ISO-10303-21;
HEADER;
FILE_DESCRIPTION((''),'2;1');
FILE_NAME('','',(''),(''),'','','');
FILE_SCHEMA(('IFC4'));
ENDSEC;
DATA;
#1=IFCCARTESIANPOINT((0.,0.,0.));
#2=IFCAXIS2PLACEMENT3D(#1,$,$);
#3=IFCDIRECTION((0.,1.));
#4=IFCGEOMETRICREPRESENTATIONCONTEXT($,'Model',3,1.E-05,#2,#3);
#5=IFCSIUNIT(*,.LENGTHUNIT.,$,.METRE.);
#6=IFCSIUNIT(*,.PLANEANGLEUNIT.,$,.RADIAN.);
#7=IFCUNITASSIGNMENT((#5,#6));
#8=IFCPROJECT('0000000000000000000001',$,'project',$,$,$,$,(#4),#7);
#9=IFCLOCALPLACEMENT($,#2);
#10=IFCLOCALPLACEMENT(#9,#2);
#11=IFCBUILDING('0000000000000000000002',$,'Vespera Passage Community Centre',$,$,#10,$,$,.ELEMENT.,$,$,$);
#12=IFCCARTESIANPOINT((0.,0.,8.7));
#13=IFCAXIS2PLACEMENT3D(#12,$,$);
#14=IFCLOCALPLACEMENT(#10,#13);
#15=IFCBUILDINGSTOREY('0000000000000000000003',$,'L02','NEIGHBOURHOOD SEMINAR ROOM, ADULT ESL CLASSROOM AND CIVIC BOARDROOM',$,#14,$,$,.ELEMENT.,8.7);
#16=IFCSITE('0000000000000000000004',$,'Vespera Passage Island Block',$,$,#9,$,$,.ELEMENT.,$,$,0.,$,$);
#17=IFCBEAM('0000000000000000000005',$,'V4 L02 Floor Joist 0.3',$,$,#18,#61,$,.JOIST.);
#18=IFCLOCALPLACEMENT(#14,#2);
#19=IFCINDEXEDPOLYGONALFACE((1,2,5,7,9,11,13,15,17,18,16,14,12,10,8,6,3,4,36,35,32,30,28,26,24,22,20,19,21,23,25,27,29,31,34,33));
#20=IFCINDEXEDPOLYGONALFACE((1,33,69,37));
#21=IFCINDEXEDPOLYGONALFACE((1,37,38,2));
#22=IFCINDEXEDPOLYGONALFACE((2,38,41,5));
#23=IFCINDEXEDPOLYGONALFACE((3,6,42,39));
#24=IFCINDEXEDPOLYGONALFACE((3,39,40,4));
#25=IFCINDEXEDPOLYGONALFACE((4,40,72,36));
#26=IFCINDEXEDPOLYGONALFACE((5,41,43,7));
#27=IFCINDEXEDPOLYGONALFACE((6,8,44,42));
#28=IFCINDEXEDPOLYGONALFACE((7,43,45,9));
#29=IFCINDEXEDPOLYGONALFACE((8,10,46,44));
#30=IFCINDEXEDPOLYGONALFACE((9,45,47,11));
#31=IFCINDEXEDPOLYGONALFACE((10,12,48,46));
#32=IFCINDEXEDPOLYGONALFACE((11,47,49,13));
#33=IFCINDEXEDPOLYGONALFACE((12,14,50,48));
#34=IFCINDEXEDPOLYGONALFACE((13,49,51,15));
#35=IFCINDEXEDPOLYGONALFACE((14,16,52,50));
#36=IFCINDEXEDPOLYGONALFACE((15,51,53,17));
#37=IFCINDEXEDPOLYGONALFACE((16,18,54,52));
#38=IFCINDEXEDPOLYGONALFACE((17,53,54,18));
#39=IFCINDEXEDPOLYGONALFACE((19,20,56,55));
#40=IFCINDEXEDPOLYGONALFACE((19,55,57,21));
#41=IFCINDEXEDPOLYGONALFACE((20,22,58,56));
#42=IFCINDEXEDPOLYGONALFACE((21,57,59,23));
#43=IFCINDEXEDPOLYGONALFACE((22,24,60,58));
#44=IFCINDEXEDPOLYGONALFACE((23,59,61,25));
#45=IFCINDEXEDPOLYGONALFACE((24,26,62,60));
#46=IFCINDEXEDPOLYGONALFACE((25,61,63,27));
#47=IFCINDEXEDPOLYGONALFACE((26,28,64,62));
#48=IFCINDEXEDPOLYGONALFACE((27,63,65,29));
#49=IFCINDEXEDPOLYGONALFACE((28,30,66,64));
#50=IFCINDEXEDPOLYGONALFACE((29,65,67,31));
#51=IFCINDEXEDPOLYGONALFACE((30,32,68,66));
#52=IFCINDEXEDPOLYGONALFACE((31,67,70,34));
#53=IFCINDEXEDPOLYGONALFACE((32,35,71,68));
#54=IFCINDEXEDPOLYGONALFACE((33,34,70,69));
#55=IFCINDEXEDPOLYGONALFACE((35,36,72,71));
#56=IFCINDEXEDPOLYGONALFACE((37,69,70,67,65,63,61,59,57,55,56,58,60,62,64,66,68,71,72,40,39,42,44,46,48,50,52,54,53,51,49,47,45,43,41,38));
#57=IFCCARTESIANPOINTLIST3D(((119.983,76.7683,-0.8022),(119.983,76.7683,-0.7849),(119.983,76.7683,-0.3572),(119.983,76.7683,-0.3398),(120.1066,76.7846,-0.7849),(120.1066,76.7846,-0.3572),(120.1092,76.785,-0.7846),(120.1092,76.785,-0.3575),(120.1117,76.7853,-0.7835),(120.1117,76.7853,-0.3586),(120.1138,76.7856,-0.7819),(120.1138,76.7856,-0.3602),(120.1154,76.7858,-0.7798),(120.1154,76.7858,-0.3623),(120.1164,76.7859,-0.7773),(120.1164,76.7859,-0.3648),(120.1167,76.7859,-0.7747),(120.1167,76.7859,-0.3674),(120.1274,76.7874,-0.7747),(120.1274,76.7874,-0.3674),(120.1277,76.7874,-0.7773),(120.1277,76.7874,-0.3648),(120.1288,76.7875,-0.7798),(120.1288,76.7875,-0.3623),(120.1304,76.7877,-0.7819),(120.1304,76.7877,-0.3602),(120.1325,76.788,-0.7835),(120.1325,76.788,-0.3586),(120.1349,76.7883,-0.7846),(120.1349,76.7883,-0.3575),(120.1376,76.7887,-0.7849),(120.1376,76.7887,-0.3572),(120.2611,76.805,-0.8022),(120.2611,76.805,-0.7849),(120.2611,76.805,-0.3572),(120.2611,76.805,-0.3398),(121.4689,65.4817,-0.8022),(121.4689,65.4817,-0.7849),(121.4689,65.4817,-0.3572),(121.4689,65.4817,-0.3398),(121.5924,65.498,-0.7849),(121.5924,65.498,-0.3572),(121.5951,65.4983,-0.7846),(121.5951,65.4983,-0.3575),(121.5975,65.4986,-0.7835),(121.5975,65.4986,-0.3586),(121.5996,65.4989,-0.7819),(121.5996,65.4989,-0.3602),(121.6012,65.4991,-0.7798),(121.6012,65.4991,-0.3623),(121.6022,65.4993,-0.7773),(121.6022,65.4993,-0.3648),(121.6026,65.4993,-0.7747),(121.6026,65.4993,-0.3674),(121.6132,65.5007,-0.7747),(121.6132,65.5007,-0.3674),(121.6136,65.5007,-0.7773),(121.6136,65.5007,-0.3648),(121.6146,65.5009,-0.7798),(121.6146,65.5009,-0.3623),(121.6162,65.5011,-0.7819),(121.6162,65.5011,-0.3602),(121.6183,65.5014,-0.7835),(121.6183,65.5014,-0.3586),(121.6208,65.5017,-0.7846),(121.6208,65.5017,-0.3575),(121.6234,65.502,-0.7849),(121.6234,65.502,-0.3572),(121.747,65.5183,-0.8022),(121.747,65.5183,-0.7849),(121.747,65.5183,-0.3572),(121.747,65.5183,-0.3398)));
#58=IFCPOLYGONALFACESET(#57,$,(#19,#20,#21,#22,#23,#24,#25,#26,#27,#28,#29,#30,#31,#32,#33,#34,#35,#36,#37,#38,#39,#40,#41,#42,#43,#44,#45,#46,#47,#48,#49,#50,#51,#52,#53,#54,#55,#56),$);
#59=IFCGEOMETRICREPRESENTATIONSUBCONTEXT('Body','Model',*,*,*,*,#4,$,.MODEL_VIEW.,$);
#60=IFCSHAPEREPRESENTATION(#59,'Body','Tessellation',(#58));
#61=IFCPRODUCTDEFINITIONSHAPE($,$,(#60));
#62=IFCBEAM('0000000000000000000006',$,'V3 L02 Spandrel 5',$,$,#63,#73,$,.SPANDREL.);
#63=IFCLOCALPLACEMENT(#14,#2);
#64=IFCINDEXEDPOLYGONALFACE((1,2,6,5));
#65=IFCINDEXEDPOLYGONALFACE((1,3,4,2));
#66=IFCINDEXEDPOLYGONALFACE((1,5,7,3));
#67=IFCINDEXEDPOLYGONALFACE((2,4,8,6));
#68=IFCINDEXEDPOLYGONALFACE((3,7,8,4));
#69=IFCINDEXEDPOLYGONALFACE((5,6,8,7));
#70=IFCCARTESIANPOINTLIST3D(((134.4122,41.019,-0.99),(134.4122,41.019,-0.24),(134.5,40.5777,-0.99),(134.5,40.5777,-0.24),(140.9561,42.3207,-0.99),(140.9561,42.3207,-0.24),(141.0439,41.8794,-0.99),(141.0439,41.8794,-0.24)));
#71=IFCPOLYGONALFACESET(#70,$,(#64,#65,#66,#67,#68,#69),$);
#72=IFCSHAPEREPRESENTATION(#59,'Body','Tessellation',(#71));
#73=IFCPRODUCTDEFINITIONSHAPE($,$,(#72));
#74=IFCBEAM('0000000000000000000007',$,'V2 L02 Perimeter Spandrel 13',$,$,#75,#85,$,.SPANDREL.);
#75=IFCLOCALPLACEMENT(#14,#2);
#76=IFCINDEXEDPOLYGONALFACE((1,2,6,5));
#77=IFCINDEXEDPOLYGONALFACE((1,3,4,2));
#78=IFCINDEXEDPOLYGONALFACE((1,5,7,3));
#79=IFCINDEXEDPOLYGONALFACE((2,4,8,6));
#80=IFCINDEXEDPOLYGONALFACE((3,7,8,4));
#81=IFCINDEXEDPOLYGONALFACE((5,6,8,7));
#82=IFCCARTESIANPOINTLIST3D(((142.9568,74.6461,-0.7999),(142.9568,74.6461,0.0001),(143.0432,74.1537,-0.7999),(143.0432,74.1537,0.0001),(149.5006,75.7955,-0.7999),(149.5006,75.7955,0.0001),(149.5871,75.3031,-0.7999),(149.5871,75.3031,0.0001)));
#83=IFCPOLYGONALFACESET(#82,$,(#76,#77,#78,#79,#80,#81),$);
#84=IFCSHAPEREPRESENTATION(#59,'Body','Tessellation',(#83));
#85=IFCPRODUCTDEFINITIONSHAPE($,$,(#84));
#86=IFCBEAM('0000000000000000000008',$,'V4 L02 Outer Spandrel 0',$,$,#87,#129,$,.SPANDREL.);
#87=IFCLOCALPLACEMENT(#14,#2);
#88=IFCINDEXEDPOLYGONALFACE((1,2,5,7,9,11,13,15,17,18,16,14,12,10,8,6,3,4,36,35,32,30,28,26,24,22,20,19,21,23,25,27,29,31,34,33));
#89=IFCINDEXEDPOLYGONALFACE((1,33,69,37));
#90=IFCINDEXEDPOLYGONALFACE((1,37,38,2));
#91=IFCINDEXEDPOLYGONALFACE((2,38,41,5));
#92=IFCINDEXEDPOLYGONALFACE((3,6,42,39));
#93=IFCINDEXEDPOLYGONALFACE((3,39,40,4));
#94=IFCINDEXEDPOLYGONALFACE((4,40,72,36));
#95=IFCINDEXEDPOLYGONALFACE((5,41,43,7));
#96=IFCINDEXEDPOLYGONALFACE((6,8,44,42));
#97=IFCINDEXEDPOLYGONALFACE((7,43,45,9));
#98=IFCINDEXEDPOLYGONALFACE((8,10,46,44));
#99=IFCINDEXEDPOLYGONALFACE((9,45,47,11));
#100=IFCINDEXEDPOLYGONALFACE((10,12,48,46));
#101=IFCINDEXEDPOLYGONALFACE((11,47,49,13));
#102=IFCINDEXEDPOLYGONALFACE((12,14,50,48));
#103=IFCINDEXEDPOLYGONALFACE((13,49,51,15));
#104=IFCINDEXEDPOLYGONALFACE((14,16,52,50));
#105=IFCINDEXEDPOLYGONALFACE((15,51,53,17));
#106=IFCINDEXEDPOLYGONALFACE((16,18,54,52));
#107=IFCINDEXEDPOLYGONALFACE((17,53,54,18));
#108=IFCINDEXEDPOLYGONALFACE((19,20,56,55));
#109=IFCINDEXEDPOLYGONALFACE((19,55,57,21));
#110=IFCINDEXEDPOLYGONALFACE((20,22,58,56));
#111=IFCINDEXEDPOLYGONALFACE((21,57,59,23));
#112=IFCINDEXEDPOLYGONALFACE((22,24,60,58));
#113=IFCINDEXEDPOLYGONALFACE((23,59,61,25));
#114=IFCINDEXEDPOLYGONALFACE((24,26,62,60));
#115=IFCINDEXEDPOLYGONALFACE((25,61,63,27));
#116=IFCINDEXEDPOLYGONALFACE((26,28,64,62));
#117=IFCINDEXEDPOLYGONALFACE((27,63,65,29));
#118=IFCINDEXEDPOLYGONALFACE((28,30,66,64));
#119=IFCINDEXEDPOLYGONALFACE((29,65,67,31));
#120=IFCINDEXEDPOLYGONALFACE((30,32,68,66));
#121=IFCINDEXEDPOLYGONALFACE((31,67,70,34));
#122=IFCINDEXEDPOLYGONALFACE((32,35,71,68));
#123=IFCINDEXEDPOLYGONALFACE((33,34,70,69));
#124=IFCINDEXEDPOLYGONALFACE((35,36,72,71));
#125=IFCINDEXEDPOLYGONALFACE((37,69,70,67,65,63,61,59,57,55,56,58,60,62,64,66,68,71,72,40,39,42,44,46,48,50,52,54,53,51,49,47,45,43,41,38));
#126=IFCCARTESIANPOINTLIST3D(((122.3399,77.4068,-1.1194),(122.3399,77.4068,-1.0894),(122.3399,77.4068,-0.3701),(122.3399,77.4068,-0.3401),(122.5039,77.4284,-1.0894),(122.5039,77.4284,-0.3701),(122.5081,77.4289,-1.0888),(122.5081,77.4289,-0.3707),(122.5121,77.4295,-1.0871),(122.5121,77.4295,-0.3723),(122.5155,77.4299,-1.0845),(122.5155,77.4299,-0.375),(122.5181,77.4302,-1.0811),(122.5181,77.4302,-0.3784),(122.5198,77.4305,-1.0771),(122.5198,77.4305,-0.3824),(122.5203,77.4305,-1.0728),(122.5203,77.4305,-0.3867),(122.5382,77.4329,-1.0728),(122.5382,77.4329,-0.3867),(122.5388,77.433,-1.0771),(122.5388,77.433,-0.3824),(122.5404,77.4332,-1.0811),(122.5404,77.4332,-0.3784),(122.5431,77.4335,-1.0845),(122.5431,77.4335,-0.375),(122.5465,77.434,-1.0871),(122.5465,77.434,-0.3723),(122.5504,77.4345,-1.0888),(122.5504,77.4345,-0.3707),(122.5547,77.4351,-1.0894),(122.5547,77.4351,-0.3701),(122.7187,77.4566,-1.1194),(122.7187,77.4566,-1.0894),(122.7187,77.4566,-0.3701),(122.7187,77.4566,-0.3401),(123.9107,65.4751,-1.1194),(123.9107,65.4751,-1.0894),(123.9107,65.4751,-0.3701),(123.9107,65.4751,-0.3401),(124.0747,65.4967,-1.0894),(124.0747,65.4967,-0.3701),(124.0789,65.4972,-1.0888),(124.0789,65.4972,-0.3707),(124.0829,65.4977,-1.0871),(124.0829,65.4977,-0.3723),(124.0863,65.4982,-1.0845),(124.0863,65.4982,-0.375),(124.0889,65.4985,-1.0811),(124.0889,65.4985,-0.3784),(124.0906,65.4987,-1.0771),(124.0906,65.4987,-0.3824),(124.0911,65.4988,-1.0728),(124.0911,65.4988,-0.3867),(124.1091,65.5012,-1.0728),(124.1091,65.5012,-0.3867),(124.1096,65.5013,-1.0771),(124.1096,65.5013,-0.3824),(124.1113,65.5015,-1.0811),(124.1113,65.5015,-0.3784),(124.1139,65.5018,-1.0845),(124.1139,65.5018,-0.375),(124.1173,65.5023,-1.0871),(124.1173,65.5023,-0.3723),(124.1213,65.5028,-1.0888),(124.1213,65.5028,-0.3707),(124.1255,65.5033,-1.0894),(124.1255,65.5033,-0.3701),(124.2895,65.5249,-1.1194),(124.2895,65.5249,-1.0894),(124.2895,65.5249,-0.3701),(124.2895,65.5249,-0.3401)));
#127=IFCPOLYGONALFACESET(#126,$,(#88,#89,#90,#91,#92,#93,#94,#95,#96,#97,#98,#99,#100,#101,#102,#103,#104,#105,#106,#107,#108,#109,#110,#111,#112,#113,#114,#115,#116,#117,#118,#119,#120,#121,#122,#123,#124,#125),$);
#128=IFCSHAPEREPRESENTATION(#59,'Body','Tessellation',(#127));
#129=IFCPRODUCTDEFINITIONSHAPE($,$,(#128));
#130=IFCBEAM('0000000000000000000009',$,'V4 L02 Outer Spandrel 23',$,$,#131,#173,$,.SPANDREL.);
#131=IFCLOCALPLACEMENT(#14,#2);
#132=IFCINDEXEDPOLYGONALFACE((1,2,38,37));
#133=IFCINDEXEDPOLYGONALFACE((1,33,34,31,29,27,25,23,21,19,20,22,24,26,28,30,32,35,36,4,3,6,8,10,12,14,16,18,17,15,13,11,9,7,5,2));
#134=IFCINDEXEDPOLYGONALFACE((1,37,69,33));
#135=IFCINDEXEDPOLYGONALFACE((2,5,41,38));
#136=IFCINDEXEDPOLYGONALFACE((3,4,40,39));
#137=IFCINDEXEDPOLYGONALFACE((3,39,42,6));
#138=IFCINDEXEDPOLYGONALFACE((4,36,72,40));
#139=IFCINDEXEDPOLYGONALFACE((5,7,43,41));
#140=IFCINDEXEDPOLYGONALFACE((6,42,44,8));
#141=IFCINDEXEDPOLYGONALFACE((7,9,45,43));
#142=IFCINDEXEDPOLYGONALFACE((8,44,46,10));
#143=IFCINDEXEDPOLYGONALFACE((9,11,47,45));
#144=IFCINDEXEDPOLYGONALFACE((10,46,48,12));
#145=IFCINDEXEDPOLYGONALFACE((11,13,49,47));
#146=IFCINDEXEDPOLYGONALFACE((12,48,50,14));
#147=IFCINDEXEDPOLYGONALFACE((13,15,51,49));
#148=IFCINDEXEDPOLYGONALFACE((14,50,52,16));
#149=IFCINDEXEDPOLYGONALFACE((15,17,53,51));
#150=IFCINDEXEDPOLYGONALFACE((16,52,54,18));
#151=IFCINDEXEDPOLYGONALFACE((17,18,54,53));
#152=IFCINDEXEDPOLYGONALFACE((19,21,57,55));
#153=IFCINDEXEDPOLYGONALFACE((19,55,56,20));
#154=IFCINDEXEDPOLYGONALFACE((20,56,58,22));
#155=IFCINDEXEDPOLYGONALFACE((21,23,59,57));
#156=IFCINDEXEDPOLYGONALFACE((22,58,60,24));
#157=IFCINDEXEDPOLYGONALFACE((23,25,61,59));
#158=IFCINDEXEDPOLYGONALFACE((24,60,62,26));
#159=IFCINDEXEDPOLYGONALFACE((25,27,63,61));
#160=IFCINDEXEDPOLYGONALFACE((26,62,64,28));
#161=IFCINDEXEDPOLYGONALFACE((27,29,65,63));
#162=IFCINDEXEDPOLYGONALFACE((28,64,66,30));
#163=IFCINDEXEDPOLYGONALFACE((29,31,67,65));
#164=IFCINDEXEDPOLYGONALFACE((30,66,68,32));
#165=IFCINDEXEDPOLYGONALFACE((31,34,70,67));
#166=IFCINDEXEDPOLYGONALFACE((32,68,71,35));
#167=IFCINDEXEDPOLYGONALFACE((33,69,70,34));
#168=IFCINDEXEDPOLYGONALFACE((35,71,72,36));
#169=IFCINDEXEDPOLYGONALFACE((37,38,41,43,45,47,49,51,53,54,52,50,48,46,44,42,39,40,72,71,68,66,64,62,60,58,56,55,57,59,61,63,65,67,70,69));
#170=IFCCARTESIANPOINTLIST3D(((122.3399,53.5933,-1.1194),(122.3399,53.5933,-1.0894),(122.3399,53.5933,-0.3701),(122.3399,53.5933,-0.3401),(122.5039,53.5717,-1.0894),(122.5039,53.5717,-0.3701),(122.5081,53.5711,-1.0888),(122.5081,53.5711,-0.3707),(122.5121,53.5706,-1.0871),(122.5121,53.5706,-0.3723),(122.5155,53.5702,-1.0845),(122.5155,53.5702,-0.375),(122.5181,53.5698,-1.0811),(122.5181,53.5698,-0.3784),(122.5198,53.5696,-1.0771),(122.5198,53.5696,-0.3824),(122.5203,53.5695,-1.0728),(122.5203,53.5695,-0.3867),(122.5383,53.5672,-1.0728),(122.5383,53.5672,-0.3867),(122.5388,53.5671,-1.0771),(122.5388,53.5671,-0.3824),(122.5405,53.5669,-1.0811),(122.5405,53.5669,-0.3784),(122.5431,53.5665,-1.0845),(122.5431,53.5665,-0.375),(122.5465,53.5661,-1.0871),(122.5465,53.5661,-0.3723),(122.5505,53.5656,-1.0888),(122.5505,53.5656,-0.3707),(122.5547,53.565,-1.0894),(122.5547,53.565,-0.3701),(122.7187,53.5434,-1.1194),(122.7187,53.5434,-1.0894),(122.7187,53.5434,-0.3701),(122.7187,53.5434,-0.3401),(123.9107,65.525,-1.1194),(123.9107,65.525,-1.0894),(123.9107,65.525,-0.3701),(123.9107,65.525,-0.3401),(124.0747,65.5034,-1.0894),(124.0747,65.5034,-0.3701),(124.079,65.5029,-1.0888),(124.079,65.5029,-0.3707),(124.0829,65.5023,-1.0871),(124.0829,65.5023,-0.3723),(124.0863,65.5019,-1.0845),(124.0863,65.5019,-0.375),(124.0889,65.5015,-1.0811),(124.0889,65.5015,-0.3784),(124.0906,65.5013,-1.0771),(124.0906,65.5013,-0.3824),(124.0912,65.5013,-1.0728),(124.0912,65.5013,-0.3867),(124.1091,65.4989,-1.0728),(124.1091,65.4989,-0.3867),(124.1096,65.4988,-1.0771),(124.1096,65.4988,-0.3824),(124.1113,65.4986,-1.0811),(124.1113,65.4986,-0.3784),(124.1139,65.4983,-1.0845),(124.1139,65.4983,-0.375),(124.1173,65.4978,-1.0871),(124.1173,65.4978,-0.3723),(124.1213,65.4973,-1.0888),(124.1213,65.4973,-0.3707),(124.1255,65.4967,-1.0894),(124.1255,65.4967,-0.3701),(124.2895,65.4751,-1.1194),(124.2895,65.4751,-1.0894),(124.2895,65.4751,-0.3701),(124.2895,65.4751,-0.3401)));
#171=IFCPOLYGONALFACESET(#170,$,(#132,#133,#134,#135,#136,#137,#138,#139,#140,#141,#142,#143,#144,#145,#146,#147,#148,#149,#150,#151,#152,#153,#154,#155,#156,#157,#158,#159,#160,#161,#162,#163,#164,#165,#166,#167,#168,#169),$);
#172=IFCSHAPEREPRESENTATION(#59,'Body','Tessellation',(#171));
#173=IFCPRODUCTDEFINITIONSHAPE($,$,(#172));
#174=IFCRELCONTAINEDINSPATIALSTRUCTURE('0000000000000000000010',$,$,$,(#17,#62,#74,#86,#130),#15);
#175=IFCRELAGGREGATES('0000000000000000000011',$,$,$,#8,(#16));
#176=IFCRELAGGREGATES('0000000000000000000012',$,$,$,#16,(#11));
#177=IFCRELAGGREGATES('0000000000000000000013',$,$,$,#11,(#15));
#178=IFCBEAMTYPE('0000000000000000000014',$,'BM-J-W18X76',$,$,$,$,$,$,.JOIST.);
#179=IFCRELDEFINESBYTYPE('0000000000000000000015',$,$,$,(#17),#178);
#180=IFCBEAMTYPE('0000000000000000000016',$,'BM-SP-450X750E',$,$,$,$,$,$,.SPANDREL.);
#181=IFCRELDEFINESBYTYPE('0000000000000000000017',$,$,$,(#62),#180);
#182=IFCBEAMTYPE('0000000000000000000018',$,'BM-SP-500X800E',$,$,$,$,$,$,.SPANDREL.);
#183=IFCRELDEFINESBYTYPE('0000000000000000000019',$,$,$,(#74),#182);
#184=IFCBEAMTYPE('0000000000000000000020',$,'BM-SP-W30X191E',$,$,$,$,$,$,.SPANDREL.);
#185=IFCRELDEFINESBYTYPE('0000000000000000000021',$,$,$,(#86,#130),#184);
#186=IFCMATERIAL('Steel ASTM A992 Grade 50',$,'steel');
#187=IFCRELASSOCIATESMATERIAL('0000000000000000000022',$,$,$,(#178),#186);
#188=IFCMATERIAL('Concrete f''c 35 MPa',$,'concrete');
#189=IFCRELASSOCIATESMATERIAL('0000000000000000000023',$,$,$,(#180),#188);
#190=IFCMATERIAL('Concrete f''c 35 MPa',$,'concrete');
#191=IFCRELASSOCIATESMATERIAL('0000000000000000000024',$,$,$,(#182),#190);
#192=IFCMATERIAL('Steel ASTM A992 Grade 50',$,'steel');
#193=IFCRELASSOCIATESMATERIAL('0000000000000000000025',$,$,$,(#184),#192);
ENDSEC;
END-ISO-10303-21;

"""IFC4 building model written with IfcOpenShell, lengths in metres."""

from ifc_helpers import new_model, si_unit, direction, frame, origin, origin_2d, place, context, subcontext, project, spatial, rectangle, i_section, extrude, material, material_profile, profile_set, type_object, element, save


model = new_model("IFC4")

# Units and contexts
model_context = context("Model", 3, precision=1e-05, world=origin(), true_north=direction((0.0, 1.0)))
body_context = subcontext(model_context, "Body", "Model", "MODEL_VIEW")
ifc_project = project(units=[si_unit("LENGTHUNIT", "METRE"), si_unit("PLANEANGLEUNIT", "RADIAN")], contexts=[model_context])

# Site, building, storey
site_placement = place(None, origin())
site = spatial("IfcSite", under=ifc_project, at=site_placement, Name="Vespera Passage Island Block", CompositionType="ELEMENT", RefElevation=0.0)
building_placement = place(site_placement, origin())
building = spatial("IfcBuilding", under=site, at=building_placement, Name="Vespera Passage Community Centre", CompositionType="ELEMENT")
storey_placement = place(building_placement, frame((0.0, 0.0, 8.7)))
storey = spatial("IfcBuildingStorey", under=building, at=storey_placement, Name="L02", Description="NEIGHBOURHOOD SEMINAR ROOM, ADULT ESL CLASSROOM AND CIVIC BOARDROOM", CompositionType="ELEMENT", Elevation=8.7)

# Beams
ifc_material_1 = material(Name="Steel ASTM A992 Grade 50", Category="steel")
ifc_material_profile_1 = material_profile(ifc_material_1, i_section(OverallWidth=0.2805, OverallDepth=0.4624, WebThickness=0.0107, FlangeThickness=0.0173, FilletRadius=0.0103, at=origin_2d()), Name="W18X76")
ifc_profile_set_1 = profile_set([ifc_material_profile_1], Name="Steel ASTM A992 Grade 50")
beam_type_1 = type_object("IfcBeamType", Name="BM-J-W18X76", PredefinedType="JOIST", material=ifc_profile_set_1)
beam_1_placement = place(storey_placement, frame((121.6079, 65.5, -0.571), z_axis=(-0.13052, 0.991446, 0.0), x_axis=(-0.991446, -0.13052, 0.0)))
element("IfcBeam", 1, at=beam_1_placement, inside=storey, type_object=beam_type_1, Name="V4 L02 Floor Joist 0.3", PredefinedType="JOIST", context=body_context, shape_type="SweptSolid", body=[
    extrude(i_section(OverallWidth=0.2805, OverallDepth=0.4624, WebThickness=0.0107, FlangeThickness=0.0173, FilletRadius=0.0103, at=origin_2d()), origin(), (0.0, 0.0, 1.0), 11.384),
])
ifc_material_2 = material(Name="Concrete f'c 35 MPa", Category="concrete")
ifc_material_profile_2 = material_profile(ifc_material_2, rectangle(XDim=0.45, YDim=0.75, at=origin_2d()), Name="RC450X750")
ifc_profile_set_2 = profile_set([ifc_material_profile_2], Name="Concrete f'c 35 MPa")
beam_type_2 = type_object("IfcBeamType", Name="BM-SP-450X750E", PredefinedType="SPANDREL", material=ifc_profile_set_2)
beam_2_placement = place(storey_placement, frame((141.0, 42.1001, -0.615), z_axis=(-0.980783, -0.195103, 0.0), x_axis=(0.195103, -0.980783, 0.0)))
element("IfcBeam", 2, at=beam_2_placement, inside=storey, type_object=beam_type_2, Name="V3 L02 Spandrel 5", PredefinedType="SPANDREL", context=body_context, shape_type="SweptSolid", body=[
    extrude(rectangle(XDim=0.45, YDim=0.75, at=origin_2d()), origin(), (0.0, 0.0, 1.0), 6.6721),
])
ifc_material_3 = material(Name="Concrete f'c 35 MPa", Category="concrete")
ifc_material_profile_3 = material_profile(ifc_material_3, rectangle(XDim=0.5, YDim=0.8, at=origin_2d()), Name="RC500X800")
ifc_profile_set_3 = profile_set([ifc_material_profile_3], Name="Concrete f'c 35 MPa")
beam_type_3 = type_object("IfcBeamType", Name="BM-SP-500X800E", PredefinedType="SPANDREL", material=ifc_profile_set_3)
beam_3_placement = place(storey_placement, frame((143.0, 74.3999, -0.3999), z_axis=(0.984922, 0.172997, 0.0), x_axis=(-0.172997, 0.984922, 0.0)))
element("IfcBeam", 3, at=beam_3_placement, inside=storey, type_object=beam_type_3, Name="V2 L02 Perimeter Spandrel 13", PredefinedType="SPANDREL", context=body_context, shape_type="SweptSolid", body=[
    extrude(rectangle(XDim=0.5, YDim=0.8, at=origin_2d()), origin(), (0.0, 0.0, 1.0), 6.644),
])
ifc_material_4 = material(Name="Steel ASTM A992 Grade 50", Category="steel")
ifc_material_profile_4 = material_profile(ifc_material_4, i_section(OverallWidth=0.3821, OverallDepth=0.7793, WebThickness=0.0181, FlangeThickness=0.03, FilletRadius=0.0166, at=origin_2d()), Name="W30X191")
ifc_profile_set_4 = profile_set([ifc_material_profile_4], Name="Steel ASTM A992 Grade 50")
beam_type_4 = type_object("IfcBeamType", Name="BM-SP-W30X191E", PredefinedType="SPANDREL", material=ifc_profile_set_4)
for number, where, z_axis, x_axis, name in (
    (4, (124.1001, 65.5, -0.7297), (-0.130524, 0.991445, 0.0), (-0.991445, -0.130524, 0.0), "V4 L02 Outer Spandrel 0"),
    (5, (122.5293, 53.5684, -0.7297), (0.130524, 0.991445, 0.0), (-0.991445, 0.130524, 0.0), "V4 L02 Outer Spandrel 23"),
):
    element("IfcBeam", number, at=place(storey_placement, frame(where, z_axis=z_axis, x_axis=x_axis)), inside=storey, type_object=beam_type_4, Name=name, PredefinedType="SPANDREL", context=body_context, shape_type="SweptSolid", body=[
        extrude(i_section(OverallWidth=0.3821, OverallDepth=0.7793, WebThickness=0.0181, FlangeThickness=0.03, FilletRadius=0.0166, at=origin_2d()), origin(), (0.0, 0.0, 1.0), 12.0347),
    ])

save(model, "model.ifc")
